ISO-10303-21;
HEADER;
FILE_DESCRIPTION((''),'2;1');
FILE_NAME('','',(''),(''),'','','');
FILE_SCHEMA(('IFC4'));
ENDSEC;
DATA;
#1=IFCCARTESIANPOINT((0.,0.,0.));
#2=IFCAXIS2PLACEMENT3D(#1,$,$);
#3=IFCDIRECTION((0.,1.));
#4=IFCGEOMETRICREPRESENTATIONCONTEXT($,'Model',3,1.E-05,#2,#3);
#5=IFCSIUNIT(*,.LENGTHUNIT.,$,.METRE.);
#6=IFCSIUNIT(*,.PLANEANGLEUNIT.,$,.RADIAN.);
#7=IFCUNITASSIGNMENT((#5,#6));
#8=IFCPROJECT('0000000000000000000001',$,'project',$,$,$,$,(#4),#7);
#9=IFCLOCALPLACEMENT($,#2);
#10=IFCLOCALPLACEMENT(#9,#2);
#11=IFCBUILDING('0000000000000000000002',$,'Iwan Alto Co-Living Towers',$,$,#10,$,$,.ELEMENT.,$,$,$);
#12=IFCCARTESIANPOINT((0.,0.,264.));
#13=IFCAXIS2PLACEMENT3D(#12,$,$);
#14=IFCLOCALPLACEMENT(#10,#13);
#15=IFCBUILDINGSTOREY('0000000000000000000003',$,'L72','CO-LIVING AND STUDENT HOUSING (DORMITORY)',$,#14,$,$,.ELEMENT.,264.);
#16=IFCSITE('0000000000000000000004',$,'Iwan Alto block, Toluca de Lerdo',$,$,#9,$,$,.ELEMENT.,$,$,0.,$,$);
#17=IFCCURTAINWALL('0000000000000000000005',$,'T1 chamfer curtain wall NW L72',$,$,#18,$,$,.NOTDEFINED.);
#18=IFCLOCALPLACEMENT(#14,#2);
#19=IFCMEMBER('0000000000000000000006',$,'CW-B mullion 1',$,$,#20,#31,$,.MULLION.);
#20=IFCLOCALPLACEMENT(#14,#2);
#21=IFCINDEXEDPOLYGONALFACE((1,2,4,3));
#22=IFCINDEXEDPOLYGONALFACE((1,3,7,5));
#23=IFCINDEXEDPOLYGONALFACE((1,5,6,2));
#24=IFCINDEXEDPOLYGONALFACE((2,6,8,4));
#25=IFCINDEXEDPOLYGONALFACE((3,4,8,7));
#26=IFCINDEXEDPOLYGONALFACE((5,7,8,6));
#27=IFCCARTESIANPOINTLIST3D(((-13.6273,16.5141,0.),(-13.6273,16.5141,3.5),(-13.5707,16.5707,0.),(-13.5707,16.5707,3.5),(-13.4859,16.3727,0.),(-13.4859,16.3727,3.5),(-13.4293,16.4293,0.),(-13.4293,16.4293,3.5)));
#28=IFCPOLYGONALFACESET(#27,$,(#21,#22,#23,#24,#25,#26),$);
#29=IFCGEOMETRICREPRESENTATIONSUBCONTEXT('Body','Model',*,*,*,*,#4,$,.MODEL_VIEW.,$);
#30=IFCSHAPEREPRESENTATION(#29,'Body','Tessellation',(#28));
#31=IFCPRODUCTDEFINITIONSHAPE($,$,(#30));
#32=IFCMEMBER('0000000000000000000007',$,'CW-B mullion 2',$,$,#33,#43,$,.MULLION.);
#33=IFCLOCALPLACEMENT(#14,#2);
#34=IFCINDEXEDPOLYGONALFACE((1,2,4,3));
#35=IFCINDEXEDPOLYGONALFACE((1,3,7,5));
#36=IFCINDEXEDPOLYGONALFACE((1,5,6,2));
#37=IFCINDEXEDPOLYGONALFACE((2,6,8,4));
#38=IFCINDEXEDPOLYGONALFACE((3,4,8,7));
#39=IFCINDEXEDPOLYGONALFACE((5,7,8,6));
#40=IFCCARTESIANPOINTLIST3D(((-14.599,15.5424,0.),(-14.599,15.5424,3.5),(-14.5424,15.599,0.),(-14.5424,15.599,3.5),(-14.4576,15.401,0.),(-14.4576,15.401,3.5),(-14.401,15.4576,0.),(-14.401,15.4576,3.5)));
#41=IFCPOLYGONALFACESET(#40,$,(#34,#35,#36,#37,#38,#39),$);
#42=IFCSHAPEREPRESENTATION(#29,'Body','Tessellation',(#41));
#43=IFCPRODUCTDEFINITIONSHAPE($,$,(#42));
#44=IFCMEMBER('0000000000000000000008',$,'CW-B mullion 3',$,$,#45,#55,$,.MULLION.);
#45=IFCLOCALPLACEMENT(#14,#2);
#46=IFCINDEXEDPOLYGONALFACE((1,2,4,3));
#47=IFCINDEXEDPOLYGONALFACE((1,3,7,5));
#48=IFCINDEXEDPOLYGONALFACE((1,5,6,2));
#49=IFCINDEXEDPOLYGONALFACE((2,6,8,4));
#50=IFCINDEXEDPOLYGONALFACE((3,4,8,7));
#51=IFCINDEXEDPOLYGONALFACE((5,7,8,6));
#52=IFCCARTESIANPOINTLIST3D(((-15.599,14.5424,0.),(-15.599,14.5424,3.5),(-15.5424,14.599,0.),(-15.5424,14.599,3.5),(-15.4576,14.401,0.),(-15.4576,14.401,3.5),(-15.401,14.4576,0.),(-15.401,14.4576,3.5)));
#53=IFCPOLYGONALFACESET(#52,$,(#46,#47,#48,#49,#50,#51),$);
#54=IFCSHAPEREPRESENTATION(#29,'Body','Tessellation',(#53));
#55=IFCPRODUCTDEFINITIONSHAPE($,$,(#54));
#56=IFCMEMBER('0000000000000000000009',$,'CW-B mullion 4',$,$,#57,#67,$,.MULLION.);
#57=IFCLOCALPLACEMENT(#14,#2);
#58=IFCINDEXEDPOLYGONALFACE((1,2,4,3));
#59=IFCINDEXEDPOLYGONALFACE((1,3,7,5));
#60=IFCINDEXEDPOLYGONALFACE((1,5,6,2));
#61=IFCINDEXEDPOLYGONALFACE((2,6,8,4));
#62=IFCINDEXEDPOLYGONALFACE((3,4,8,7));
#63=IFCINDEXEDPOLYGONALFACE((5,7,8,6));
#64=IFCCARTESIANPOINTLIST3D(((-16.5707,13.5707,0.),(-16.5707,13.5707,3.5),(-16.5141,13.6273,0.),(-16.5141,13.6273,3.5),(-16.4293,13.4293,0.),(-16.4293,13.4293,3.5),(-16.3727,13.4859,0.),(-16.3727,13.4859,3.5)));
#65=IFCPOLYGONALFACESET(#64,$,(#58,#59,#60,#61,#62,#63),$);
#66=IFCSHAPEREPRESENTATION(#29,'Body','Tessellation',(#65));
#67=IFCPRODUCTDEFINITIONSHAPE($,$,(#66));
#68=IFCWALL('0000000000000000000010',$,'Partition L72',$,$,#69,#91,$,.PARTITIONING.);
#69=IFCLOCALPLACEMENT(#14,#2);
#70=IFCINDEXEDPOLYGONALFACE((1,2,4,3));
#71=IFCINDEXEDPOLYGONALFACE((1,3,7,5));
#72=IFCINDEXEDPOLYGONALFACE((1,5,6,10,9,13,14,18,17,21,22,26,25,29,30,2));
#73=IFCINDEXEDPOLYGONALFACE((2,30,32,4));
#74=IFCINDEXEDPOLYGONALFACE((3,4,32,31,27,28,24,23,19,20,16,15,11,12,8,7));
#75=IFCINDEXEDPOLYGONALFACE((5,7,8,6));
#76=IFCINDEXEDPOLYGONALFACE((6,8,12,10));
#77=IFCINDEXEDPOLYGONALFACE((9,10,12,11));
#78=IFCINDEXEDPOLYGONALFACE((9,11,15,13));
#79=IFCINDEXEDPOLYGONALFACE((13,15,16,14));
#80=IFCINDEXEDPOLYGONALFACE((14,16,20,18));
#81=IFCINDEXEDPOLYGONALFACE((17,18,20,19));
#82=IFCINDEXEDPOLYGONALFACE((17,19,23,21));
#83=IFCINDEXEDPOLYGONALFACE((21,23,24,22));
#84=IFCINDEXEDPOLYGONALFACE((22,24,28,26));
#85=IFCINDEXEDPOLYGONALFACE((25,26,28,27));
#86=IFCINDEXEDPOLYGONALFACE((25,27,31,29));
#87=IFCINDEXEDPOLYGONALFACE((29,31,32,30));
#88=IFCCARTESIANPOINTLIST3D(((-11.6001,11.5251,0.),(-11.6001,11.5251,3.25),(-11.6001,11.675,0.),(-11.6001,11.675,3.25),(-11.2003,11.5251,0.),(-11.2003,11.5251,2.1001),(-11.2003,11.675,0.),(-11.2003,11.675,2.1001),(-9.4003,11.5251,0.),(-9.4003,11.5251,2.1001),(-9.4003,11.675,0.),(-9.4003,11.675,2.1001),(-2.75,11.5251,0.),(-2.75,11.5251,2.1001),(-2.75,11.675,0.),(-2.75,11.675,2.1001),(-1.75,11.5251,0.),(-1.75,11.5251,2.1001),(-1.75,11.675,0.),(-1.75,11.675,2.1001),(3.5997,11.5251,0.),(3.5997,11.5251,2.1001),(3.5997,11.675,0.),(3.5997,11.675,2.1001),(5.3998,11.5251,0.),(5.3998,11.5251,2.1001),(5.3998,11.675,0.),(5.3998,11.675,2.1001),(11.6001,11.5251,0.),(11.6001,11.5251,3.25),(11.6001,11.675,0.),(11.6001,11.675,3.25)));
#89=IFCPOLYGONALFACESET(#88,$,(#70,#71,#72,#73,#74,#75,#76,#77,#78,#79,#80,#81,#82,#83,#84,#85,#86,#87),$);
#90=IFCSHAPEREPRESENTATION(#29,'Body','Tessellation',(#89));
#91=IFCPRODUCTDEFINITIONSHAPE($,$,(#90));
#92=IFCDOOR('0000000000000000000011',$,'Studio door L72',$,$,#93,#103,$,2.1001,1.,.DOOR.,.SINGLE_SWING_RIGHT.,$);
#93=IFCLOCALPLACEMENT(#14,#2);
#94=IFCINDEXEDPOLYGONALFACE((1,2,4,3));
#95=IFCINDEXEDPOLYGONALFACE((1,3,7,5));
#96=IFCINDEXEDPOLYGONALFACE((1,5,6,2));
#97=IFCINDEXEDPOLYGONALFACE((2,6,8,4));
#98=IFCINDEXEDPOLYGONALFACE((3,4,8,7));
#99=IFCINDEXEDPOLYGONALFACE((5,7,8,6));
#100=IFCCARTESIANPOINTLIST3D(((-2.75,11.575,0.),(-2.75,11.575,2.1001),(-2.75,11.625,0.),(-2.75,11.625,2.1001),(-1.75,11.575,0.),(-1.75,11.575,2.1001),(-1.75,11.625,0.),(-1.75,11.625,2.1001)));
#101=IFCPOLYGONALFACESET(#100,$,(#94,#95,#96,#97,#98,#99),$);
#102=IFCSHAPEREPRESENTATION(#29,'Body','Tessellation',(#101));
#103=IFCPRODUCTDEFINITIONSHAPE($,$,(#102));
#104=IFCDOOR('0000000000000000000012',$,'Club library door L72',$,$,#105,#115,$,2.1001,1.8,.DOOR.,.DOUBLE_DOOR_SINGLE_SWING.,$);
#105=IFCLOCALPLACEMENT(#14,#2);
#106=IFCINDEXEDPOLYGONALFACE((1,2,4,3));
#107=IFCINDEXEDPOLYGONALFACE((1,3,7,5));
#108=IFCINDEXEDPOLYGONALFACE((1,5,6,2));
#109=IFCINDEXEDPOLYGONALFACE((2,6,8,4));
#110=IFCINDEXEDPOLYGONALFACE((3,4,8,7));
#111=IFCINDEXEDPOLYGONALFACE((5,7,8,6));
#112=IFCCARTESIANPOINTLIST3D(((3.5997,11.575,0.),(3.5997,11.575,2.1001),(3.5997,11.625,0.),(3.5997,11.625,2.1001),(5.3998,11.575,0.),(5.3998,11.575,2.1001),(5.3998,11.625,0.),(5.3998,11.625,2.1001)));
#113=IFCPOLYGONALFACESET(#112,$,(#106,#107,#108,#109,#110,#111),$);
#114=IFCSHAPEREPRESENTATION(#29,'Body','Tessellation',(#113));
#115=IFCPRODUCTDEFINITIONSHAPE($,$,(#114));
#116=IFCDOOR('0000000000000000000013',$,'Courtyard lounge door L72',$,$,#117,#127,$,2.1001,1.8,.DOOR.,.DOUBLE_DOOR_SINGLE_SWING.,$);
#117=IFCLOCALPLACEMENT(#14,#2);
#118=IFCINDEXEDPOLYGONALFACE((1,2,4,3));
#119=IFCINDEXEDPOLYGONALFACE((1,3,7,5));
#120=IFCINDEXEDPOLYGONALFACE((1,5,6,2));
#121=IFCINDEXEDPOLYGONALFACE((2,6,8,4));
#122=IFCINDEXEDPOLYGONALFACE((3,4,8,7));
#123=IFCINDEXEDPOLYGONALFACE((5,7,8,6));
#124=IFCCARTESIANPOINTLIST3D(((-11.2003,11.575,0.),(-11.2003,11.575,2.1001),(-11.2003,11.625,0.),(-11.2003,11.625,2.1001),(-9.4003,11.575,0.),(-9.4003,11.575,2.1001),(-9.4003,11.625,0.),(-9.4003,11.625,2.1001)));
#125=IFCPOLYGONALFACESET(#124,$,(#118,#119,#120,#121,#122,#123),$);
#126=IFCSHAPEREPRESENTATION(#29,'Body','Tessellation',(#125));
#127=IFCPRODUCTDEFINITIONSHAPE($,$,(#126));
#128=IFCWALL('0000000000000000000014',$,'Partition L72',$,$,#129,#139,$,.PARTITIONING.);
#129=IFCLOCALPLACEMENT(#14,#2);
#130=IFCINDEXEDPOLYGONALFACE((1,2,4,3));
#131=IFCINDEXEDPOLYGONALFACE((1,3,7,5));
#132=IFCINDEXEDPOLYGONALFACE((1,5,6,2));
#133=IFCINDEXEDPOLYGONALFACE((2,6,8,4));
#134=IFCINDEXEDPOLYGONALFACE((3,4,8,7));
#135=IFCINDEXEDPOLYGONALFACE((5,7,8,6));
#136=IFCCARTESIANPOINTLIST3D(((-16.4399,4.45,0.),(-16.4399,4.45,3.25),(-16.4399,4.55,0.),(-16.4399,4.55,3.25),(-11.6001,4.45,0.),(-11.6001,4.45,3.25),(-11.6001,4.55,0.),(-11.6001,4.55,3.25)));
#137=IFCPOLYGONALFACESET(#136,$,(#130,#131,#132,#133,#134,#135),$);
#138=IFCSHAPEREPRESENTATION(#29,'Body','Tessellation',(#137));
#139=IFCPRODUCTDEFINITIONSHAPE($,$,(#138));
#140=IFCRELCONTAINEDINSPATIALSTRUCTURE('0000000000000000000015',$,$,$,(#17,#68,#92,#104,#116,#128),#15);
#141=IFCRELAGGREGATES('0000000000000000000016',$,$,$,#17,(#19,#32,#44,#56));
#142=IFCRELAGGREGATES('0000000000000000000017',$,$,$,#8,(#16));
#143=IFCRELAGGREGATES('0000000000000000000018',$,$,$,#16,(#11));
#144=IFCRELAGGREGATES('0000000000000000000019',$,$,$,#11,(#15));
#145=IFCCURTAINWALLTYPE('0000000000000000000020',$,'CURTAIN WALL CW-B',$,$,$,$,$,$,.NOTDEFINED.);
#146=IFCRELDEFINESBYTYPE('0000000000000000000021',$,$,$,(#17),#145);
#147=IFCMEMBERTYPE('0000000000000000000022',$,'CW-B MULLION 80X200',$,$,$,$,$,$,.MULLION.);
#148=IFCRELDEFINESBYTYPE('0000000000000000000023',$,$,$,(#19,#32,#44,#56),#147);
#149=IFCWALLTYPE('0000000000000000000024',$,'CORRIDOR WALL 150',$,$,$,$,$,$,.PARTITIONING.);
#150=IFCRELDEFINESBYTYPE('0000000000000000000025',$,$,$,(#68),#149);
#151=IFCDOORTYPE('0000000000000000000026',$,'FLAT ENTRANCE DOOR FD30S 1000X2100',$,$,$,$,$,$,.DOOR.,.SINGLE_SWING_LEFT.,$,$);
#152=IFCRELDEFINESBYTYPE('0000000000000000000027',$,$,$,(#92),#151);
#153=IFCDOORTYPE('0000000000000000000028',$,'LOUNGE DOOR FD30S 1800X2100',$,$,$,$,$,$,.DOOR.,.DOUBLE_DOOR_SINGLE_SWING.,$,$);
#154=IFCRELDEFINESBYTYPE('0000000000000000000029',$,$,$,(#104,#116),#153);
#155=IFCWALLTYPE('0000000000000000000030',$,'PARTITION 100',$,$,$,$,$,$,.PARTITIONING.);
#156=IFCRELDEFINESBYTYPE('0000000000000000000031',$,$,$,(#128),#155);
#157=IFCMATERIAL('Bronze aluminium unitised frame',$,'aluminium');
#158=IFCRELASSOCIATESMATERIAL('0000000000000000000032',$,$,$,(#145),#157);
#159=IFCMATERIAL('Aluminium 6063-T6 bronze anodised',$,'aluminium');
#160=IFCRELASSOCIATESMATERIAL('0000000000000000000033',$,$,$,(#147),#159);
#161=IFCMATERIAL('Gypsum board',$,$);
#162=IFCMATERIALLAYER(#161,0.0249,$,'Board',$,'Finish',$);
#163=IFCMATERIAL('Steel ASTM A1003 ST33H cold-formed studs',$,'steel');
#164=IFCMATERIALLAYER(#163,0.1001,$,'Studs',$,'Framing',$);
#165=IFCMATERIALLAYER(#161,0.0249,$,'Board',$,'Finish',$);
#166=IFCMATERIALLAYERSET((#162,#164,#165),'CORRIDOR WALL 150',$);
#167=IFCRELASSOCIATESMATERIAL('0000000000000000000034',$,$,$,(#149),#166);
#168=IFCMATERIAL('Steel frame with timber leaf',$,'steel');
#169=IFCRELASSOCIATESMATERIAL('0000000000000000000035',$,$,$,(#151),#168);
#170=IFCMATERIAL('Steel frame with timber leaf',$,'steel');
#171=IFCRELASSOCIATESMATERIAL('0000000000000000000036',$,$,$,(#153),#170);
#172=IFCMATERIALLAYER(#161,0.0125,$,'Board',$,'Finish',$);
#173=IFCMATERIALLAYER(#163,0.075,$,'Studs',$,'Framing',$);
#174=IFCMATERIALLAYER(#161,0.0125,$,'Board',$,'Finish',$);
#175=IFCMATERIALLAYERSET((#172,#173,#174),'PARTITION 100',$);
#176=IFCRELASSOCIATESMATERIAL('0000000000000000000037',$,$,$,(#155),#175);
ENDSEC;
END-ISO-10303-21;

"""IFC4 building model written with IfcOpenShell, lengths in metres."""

from ifc_helpers import new_model, si_unit, direction, frame, frame_2d, origin, origin_2d, place, context, subcontext, project, spatial, rectangle, extrude, material, layer, layer_set, material_profile, profile_set, type_object, element, fill, aggregate, save


model = new_model("IFC4")

# Units and contexts
model_context = context("Model", 3, precision=1e-05, world=origin(), true_north=direction((0.0, 1.0)))
body_context = subcontext(model_context, "Body", "Model", "MODEL_VIEW")
ifc_project = project(units=[si_unit("LENGTHUNIT", "METRE"), si_unit("PLANEANGLEUNIT", "RADIAN")], contexts=[model_context])

# Site, building, storey
site_placement = place(None, origin())
site = spatial("IfcSite", under=ifc_project, at=site_placement, Name="Iwan Alto block, Toluca de Lerdo", CompositionType="ELEMENT", RefElevation=0.0)
building_placement = place(site_placement, origin())
building = spatial("IfcBuilding", under=site, at=building_placement, Name="Iwan Alto Co-Living Towers", CompositionType="ELEMENT")
storey_placement = place(building_placement, frame((0.0, 0.0, 264.0)))
storey = spatial("IfcBuildingStorey", under=building, at=storey_placement, Name="L72", Description="CO-LIVING AND STUDENT HOUSING (DORMITORY)", CompositionType="ELEMENT", Elevation=264.0)

# Curtain wall, members
ifc_material_1 = material(Name="Bronze aluminium unitised frame", Category="aluminium")
curtain_wall_type = type_object("IfcCurtainWallType", Name="CURTAIN WALL CW-B", PredefinedType="NOTDEFINED", material=ifc_material_1)
curtain_wall_placement = place(storey_placement, origin())
curtain_wall = element("IfcCurtainWall", 1, at=curtain_wall_placement, inside=storey, type_object=curtain_wall_type, Name="T1 chamfer curtain wall NW L72", PredefinedType="NOTDEFINED")
ifc_material_2 = material(Name="Aluminium 6063-T6 bronze anodised", Category="aluminium")
ifc_material_profile = material_profile(ifc_material_2, rectangle(XDim=0.2, YDim=0.0801, at=origin_2d()), Name="AL 80X200")
ifc_profile_set = profile_set([ifc_material_profile], Name="Aluminium 6063-T6 bronze anodised")
member_type = type_object("IfcMemberType", Name="CW-B MULLION 80X200", PredefinedType="MULLION", material=ifc_profile_set)
member_1_placement = place(storey_placement, frame((-13.5283, 16.4717, 0.0), z_axis=(0.0, 0.0, 1.0), x_axis=(0.707107, -0.707107, 0.0)))
member_1 = element("IfcMember", 2, at=member_1_placement, type_object=member_type, Name="CW-B mullion 1", PredefinedType="MULLION", context=body_context, shape_type="SweptSolid", body=[
    extrude(rectangle(XDim=0.2, YDim=0.0801, at=origin_2d()), origin(), (0.0, 0.0, 1.0), 3.5),
])
member_2_placement = place(storey_placement, frame((-14.5, 15.5, 0.0), z_axis=(0.0, 0.0, 1.0), x_axis=(0.707107, -0.707107, 0.0)))
member_2 = element("IfcMember", 3, at=member_2_placement, type_object=member_type, Name="CW-B mullion 2", PredefinedType="MULLION", context=body_context, shape_type="SweptSolid", body=[
    extrude(rectangle(XDim=0.2, YDim=0.0801, at=origin_2d()), origin(), (0.0, 0.0, 1.0), 3.5),
])
member_3_placement = place(storey_placement, frame((-15.5, 14.5, 0.0), z_axis=(0.0, 0.0, 1.0), x_axis=(0.707107, -0.707107, 0.0)))
member_3 = element("IfcMember", 4, at=member_3_placement, type_object=member_type, Name="CW-B mullion 3", PredefinedType="MULLION", context=body_context, shape_type="SweptSolid", body=[
    extrude(rectangle(XDim=0.2, YDim=0.0801, at=origin_2d()), origin(), (0.0, 0.0, 1.0), 3.5),
])
member_4_placement = place(storey_placement, frame((-16.4717, 13.5283, 0.0), z_axis=(0.0, 0.0, 1.0), x_axis=(0.707107, -0.707107, 0.0)))
member_4 = element("IfcMember", 5, at=member_4_placement, type_object=member_type, Name="CW-B mullion 4", PredefinedType="MULLION", context=body_context, shape_type="SweptSolid", body=[
    extrude(rectangle(XDim=0.2, YDim=0.0801, at=origin_2d()), origin(), (0.0, 0.0, 1.0), 3.5),
])
aggregate(curtain_wall, [member_1, member_2, member_3, member_4])

# Wall, openings, doors
ifc_material_3 = material(Name="Gypsum board")
ifc_layer_1 = layer(ifc_material_3, 0.0249, Name="Board", Category="Finish")
ifc_material_4 = material(Name="Steel ASTM A1003 ST33H cold-formed studs", Category="steel")
ifc_layer_2 = layer(ifc_material_4, 0.1001, Name="Studs", Category="Framing")
ifc_layer_3 = layer(ifc_material_3, 0.0249, Name="Board", Category="Finish")
ifc_layer_set_1 = layer_set([ifc_layer_1, ifc_layer_2, ifc_layer_3], Name="CORRIDOR WALL 150")
wall_type_1 = type_object("IfcWallType", Name="CORRIDOR WALL 150", PredefinedType="PARTITIONING", material=ifc_layer_set_1)
wall_1_placement = place(storey_placement, frame((-11.6001, 11.6001, 0.0), z_axis=(0.0, 0.0, 1.0), x_axis=(1.0, 0.0, 0.0)))
wall_1 = element("IfcWall", 6, at=wall_1_placement, inside=storey, type_object=wall_type_1, Name="Partition L72", PredefinedType="PARTITIONING", context=body_context, shape_type="SweptSolid", body=[
    extrude(rectangle(XDim=23.2002, YDim=0.1499, at=frame_2d((11.6001, 0.0))), origin(), (0.0, 0.0, 1.0), 3.25),
])
opening_1_placement = place(wall_1_placement, frame((15.2, 0.0, 0.0)))
opening_1 = element("IfcOpeningElement", 7, at=opening_1_placement, cuts=wall_1, PredefinedType="OPENING", context=body_context, shape_type="SweptSolid", body=[
    extrude(rectangle(XDim=1.8, YDim=2.1001, at=frame_2d((0.8999, 1.05))), frame((0.0, 0.085, 0.0), z_axis=(0.0, -1.0, 0.0), x_axis=(1.0, 0.0, 0.0)), (0.0, 0.0, 1.0), 0.1699),
])
opening_2_placement = place(wall_1_placement, frame((8.8501, 0.0, 0.0)))
opening_2 = element("IfcOpeningElement", 8, at=opening_2_placement, cuts=wall_1, PredefinedType="OPENING", context=body_context, shape_type="SweptSolid", body=[
    extrude(rectangle(XDim=1.0, YDim=2.1001, at=frame_2d((0.5, 1.05))), frame((0.0, 0.085, 0.0), z_axis=(0.0, -1.0, 0.0), x_axis=(1.0, 0.0, 0.0)), (0.0, 0.0, 1.0), 0.1699),
])
opening_3_placement = place(wall_1_placement, frame((0.3999, 0.0, 0.0)))
opening_3 = element("IfcOpeningElement", 9, at=opening_3_placement, cuts=wall_1, PredefinedType="OPENING", context=body_context, shape_type="SweptSolid", body=[
    extrude(rectangle(XDim=1.8, YDim=2.1001, at=frame_2d((0.8999, 1.05))), frame((0.0, 0.085, 0.0), z_axis=(0.0, -1.0, 0.0), x_axis=(1.0, 0.0, 0.0)), (0.0, 0.0, 1.0), 0.1699),
])
ifc_material_5 = material(Name="Steel frame with timber leaf", Category="steel")
door_type_1 = type_object("IfcDoorType", Name="FLAT ENTRANCE DOOR FD30S 1000X2100", OperationType="SINGLE_SWING_LEFT", PredefinedType="DOOR", material=ifc_material_5)
door_1_placement = place(opening_2_placement, origin())
door_1 = element("IfcDoor", 10, at=door_1_placement, inside=storey, type_object=door_type_1, Name="Studio door L72", OperationType="SINGLE_SWING_RIGHT", OverallHeight=2.1001, OverallWidth=1.0, PredefinedType="DOOR", context=body_context, shape_type="SweptSolid", body=[
    extrude(rectangle(XDim=1.0, YDim=2.1001, at=frame_2d((0.5, 1.05))), frame((0.0, 0.0249, 0.0), z_axis=(0.0, -1.0, 0.0), x_axis=(1.0, 0.0, 0.0)), (0.0, 0.0, 1.0), 0.05),
])
fill(opening_2, door_1)
ifc_material_6 = material(Name="Steel frame with timber leaf", Category="steel")
door_type_2 = type_object("IfcDoorType", Name="LOUNGE DOOR FD30S 1800X2100", OperationType="DOUBLE_DOOR_SINGLE_SWING", PredefinedType="DOOR", material=ifc_material_6)
door_2_placement = place(opening_1_placement, origin())
door_2 = element("IfcDoor", 11, at=door_2_placement, inside=storey, type_object=door_type_2, Name="Club library door L72", OperationType="DOUBLE_DOOR_SINGLE_SWING", OverallHeight=2.1001, OverallWidth=1.8, PredefinedType="DOOR", context=body_context, shape_type="SweptSolid", body=[
    extrude(rectangle(XDim=1.8, YDim=2.1001, at=frame_2d((0.8999, 1.05))), frame((0.0, 0.0249, 0.0), z_axis=(0.0, -1.0, 0.0), x_axis=(1.0, 0.0, 0.0)), (0.0, 0.0, 1.0), 0.05),
])
fill(opening_1, door_2)
door_3_placement = place(opening_3_placement, origin())
door_3 = element("IfcDoor", 12, at=door_3_placement, inside=storey, type_object=door_type_2, Name="Courtyard lounge door L72", OperationType="DOUBLE_DOOR_SINGLE_SWING", OverallHeight=2.1001, OverallWidth=1.8, PredefinedType="DOOR", context=body_context, shape_type="SweptSolid", body=[
    extrude(rectangle(XDim=1.8, YDim=2.1001, at=frame_2d((0.8999, 1.05))), frame((0.0, 0.0249, 0.0), z_axis=(0.0, -1.0, 0.0), x_axis=(1.0, 0.0, 0.0)), (0.0, 0.0, 1.0), 0.05),
])
fill(opening_3, door_3)

# Wall
ifc_layer_4 = layer(ifc_material_3, 0.0125, Name="Board", Category="Finish")
ifc_layer_5 = layer(ifc_material_4, 0.075, Name="Studs", Category="Framing")
ifc_layer_6 = layer(ifc_material_3, 0.0125, Name="Board", Category="Finish")
ifc_layer_set_2 = layer_set([ifc_layer_4, ifc_layer_5, ifc_layer_6], Name="PARTITION 100")
wall_type_2 = type_object("IfcWallType", Name="PARTITION 100", PredefinedType="PARTITIONING", material=ifc_layer_set_2)
wall_2_placement = place(storey_placement, frame((-16.4399, 4.5, 0.0), z_axis=(0.0, 0.0, 1.0), x_axis=(1.0, 0.0, 0.0)))
element("IfcWall", 13, at=wall_2_placement, inside=storey, type_object=wall_type_2, Name="Partition L72", PredefinedType="PARTITIONING", context=body_context, shape_type="SweptSolid", body=[
    extrude(rectangle(XDim=4.8398, YDim=0.1001, at=frame_2d((2.4199, 0.0))), origin(), (0.0, 0.0, 1.0), 3.25),
])

save(model, "model.ifc")
